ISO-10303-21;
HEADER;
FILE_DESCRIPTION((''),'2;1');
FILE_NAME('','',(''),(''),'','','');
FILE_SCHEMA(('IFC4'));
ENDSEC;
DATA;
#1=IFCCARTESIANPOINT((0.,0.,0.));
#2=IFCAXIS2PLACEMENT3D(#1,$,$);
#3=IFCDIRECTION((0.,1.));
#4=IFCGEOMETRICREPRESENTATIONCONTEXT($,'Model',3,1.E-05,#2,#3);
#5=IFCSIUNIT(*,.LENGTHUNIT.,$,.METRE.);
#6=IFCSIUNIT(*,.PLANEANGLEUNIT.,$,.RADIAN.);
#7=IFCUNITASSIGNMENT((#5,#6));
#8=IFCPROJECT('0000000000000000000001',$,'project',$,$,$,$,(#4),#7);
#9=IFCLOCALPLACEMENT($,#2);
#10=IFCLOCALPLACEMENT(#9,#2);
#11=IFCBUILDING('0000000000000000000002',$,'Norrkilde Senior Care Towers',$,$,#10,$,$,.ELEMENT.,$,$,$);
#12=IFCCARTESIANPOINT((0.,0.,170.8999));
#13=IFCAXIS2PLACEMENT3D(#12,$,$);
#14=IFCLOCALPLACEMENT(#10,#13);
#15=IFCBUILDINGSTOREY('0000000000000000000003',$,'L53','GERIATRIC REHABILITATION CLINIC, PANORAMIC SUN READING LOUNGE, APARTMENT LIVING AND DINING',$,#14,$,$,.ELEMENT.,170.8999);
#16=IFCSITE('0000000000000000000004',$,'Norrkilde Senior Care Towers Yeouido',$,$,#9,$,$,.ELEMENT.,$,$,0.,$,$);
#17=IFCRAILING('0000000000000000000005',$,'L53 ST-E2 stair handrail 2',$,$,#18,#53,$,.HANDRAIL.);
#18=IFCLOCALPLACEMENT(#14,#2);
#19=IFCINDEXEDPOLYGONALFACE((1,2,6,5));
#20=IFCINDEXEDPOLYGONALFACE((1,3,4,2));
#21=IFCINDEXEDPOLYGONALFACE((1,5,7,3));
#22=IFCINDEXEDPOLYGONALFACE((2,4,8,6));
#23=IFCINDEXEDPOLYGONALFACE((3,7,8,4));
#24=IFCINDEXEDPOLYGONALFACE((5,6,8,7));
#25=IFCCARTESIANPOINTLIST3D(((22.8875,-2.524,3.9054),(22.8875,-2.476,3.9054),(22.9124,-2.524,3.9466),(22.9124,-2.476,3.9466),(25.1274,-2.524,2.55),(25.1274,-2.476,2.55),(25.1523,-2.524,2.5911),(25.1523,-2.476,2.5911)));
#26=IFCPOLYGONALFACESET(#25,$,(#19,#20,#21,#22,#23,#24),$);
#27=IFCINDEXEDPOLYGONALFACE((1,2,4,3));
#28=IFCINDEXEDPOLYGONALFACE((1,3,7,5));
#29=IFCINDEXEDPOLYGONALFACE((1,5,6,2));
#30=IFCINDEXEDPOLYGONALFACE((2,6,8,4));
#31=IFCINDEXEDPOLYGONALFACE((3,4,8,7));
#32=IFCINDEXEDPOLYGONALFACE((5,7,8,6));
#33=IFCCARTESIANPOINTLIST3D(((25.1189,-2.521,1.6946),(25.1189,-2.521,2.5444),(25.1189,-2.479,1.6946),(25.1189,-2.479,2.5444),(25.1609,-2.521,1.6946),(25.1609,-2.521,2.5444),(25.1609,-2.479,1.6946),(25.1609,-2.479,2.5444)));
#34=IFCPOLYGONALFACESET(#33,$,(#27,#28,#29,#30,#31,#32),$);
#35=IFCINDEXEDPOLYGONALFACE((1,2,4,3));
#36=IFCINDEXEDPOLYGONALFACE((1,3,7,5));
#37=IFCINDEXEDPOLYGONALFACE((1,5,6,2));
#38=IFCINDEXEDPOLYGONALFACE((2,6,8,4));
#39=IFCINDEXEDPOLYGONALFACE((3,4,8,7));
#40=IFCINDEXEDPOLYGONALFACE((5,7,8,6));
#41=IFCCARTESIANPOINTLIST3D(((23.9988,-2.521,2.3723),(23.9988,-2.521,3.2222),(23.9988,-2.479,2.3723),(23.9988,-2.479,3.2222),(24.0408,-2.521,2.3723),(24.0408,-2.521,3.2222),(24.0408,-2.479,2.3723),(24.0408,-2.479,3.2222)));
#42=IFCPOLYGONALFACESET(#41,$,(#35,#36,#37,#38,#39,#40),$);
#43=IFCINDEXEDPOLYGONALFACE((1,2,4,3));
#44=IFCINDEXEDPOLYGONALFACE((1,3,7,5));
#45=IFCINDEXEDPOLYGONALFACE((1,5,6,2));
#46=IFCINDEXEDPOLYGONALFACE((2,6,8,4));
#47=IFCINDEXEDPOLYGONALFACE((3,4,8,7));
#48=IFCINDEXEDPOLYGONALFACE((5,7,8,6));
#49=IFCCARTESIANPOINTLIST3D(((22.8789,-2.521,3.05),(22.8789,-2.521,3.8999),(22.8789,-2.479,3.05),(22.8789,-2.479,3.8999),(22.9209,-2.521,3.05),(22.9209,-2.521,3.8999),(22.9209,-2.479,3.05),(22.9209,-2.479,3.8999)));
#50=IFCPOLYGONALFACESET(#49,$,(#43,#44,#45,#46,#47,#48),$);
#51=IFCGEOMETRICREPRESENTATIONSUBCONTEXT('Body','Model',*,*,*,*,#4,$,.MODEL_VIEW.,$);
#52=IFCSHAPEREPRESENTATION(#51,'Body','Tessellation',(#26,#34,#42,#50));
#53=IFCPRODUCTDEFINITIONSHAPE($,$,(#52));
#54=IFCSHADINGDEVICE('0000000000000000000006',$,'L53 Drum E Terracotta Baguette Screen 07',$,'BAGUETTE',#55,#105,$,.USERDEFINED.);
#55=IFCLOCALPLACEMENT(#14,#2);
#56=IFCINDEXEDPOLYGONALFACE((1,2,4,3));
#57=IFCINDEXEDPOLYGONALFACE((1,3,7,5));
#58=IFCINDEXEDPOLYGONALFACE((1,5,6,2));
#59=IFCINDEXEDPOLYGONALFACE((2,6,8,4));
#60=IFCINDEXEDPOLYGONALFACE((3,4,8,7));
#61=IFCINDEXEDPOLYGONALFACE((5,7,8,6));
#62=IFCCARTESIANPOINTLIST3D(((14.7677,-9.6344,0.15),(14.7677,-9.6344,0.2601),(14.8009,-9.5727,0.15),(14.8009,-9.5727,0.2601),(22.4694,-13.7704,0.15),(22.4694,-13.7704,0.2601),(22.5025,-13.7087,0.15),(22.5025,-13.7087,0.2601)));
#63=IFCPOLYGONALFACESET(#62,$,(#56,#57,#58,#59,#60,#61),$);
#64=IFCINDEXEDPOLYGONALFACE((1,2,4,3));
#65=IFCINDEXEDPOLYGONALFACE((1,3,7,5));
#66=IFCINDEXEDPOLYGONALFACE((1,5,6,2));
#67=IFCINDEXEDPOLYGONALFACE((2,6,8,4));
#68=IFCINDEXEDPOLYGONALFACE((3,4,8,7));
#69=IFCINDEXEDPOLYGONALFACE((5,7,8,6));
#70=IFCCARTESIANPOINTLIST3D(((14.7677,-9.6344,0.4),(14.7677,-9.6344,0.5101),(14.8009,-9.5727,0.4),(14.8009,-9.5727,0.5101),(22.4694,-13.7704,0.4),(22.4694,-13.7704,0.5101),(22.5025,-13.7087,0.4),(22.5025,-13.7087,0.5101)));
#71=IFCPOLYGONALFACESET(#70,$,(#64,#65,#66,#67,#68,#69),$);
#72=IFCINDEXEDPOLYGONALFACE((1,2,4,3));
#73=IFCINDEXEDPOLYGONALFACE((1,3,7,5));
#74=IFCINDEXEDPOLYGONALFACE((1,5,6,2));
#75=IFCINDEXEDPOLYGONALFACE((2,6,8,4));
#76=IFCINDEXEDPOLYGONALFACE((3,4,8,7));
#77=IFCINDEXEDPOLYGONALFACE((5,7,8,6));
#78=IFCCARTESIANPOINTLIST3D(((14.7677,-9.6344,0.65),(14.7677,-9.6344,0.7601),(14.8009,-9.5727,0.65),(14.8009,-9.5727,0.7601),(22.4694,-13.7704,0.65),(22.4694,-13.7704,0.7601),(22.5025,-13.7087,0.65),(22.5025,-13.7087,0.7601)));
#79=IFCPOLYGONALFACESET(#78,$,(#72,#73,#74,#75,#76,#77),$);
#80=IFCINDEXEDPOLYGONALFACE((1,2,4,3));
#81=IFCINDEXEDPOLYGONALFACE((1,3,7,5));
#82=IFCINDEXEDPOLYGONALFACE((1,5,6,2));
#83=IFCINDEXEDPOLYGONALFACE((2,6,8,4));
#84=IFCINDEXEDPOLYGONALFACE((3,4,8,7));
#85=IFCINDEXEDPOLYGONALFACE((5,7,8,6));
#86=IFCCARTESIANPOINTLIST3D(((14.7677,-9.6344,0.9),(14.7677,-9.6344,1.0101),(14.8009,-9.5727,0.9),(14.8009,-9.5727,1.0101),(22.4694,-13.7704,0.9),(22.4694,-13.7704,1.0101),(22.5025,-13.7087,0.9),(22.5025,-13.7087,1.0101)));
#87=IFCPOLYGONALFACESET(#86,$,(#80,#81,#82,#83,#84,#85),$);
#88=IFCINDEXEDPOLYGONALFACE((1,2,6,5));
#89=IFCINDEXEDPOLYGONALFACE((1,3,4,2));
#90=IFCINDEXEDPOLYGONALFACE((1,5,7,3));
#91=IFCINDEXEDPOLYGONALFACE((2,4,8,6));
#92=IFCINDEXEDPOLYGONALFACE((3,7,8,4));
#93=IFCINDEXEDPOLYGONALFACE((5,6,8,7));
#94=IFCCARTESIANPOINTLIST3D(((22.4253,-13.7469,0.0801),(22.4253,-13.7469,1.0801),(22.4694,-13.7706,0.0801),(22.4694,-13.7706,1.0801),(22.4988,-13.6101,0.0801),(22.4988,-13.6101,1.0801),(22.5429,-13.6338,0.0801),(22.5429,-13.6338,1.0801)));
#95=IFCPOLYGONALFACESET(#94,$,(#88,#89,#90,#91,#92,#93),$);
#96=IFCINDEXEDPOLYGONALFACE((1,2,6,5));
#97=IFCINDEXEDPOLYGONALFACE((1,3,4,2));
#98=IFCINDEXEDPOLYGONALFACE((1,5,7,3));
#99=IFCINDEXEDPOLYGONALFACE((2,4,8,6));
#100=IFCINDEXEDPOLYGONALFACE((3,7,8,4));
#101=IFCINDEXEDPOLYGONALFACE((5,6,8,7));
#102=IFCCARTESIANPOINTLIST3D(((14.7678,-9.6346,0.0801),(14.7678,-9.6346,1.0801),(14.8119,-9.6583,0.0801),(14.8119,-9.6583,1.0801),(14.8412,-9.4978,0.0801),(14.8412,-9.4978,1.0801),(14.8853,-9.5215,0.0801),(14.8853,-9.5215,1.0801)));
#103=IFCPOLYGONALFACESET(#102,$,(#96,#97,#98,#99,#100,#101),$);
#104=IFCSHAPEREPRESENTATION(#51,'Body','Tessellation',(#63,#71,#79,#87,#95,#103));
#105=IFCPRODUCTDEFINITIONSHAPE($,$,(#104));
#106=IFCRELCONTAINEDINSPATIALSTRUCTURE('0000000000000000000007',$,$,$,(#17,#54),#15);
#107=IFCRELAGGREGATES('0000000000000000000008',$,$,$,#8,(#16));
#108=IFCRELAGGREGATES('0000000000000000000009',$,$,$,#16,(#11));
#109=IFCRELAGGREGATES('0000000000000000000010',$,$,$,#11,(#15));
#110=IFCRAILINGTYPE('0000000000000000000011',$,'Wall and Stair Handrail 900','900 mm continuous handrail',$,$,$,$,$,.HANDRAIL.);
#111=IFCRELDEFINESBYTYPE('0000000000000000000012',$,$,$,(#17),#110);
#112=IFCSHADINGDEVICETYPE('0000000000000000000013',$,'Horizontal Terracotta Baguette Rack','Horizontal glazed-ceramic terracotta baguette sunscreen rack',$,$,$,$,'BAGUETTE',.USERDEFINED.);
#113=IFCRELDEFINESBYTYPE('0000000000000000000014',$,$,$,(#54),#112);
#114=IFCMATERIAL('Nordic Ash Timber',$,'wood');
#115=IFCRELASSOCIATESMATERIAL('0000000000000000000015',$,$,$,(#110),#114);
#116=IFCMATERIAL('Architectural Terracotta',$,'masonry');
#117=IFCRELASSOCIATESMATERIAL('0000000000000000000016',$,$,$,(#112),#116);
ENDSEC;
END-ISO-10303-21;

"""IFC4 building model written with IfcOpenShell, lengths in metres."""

from ifc_helpers import new_model, si_unit, direction, frame, origin, origin_2d, place, context, subcontext, project, spatial, rectangle, extrude, source, transform, mapped, material, type_object, type_shapes, element, save


model = new_model("IFC4")

# Units and contexts
model_context = context("Model", 3, precision=1e-05, world=origin(), true_north=direction((0.0, 1.0)))
body_context = subcontext(model_context, "Body", "Model", "MODEL_VIEW")
ifc_project = project(units=[si_unit("LENGTHUNIT", "METRE"), si_unit("PLANEANGLEUNIT", "RADIAN")], contexts=[model_context])

# Site, building, storey
site_placement = place(None, origin())
site = spatial("IfcSite", under=ifc_project, at=site_placement, Name="Norrkilde Senior Care Towers Yeouido", CompositionType="ELEMENT", RefElevation=0.0)
building_placement = place(site_placement, origin())
building = spatial("IfcBuilding", under=site, at=building_placement, Name="Norrkilde Senior Care Towers", CompositionType="ELEMENT")
storey_placement = place(building_placement, frame((0.0, 0.0, 170.8999)))
storey = spatial("IfcBuildingStorey", under=building, at=storey_placement, Name="L53", Description="GERIATRIC REHABILITATION CLINIC, PANORAMIC SUN READING LOUNGE, APARTMENT LIVING AND DINING", CompositionType="ELEMENT", Elevation=170.8999)

# Shared definitions
ifc_material_1 = material(Name="Nordic Ash Timber", Category="wood")

# Railing
railing_type_1 = type_object("IfcRailingType", Name="Wall and Stair Handrail 900", Description="900 mm continuous handrail", PredefinedType="HANDRAIL", material=ifc_material_1)
railing_1_placement = place(storey_placement, frame((25.1399, -2.5, 1.6946)))
element("IfcRailing", 1, at=railing_1_placement, inside=storey, type_object=railing_type_1, Name="L53 ST-E2 stair handrail 2", PredefinedType="HANDRAIL", context=body_context, shape_type="SweptSolid", body=[
    extrude(rectangle(XDim=0.0481, YDim=0.0481, at=origin_2d()), frame((0.0, 0.0, 0.876), z_axis=(-0.855553, 0.0, 0.517715), x_axis=(0.0, -1.0, 0.0)), (0.0, 0.0, 1.0), 2.6182),
    extrude(rectangle(XDim=0.042, YDim=0.042, at=origin_2d()), origin(), (0.0, 0.0, 1.0), 0.8499),
    extrude(rectangle(XDim=0.042, YDim=0.042, at=origin_2d()), frame((-1.1201, 0.0, 0.6777)), (0.0, 0.0, 1.0), 0.8499),
    extrude(rectangle(XDim=0.042, YDim=0.042, at=origin_2d()), frame((-2.24, 0.0, 1.3555)), (0.0, 0.0, 1.0), 0.8499),
])

# Shading device
ifc_material_2 = material(Name="Architectural Terracotta", Category="masonry")
shading_device_type = type_object("IfcShadingDeviceType", Name="Horizontal Terracotta Baguette Rack", Description="Horizontal glazed-ceramic terracotta baguette sunscreen rack", ElementType="BAGUETTE", PredefinedType="USERDEFINED", material=ifc_material_2)
shared_shape_1 = source(origin(), body_context, "Body", "SweptSolid", [
    extrude(rectangle(XDim=0.0701, YDim=0.1101, at=origin_2d()), frame((0.0, 0.0901, 0.125), z_axis=(1.0, 0.0, 0.0), x_axis=(0.0, 1.0, 0.0)), (0.0, 0.0, 1.0), 8.7419),
    extrude(rectangle(XDim=0.0701, YDim=0.1101, at=origin_2d()), frame((0.0, 0.0901, 0.375), z_axis=(1.0, 0.0, 0.0), x_axis=(0.0, 1.0, 0.0)), (0.0, 0.0, 1.0), 8.7419),
    extrude(rectangle(XDim=0.0701, YDim=0.1101, at=origin_2d()), frame((0.0, 0.0901, 0.625), z_axis=(1.0, 0.0, 0.0), x_axis=(0.0, 1.0, 0.0)), (0.0, 0.0, 1.0), 8.7419),
    extrude(rectangle(XDim=0.0701, YDim=0.1101, at=origin_2d()), frame((0.0, 0.0901, 0.875), z_axis=(1.0, 0.0, 0.0), x_axis=(0.0, 1.0, 0.0)), (0.0, 0.0, 1.0), 8.7419),
    extrude(rectangle(XDim=0.05, YDim=0.1553, at=origin_2d()), frame((0.0249, 0.0476, 0.0)), (0.0, 0.0, 1.0), 1.0),
    extrude(rectangle(XDim=0.05, YDim=0.1553, at=origin_2d()), frame((8.7168, 0.0476, 0.0)), (0.0, 0.0, 1.0), 1.0),
])
type_shapes(shading_device_type, [shared_shape_1])
shading_device_placement = place(storey_placement, frame((22.5286, -13.6602, 0.0801), z_axis=(0.0, 0.0, 1.0), x_axis=(-0.881001, 0.47312, 0.0)))
element("IfcShadingDevice", 2, at=shading_device_placement, inside=storey, type_object=shading_device_type, Name="L53 Drum E Terracotta Baguette Screen 07", ObjectType="BAGUETTE", PredefinedType="USERDEFINED", context=body_context, shape_type="MappedRepresentation", body=[
    mapped(shared_shape_1, transform((0.0, 0.0, 0.0), x_axis=(1.0, 0.0, 0.0), y_axis=(0.0, 1.0, 0.0), z_axis=(0.0, 0.0, 1.0), scale=1.0)),
])

save(model, "model.ifc")
